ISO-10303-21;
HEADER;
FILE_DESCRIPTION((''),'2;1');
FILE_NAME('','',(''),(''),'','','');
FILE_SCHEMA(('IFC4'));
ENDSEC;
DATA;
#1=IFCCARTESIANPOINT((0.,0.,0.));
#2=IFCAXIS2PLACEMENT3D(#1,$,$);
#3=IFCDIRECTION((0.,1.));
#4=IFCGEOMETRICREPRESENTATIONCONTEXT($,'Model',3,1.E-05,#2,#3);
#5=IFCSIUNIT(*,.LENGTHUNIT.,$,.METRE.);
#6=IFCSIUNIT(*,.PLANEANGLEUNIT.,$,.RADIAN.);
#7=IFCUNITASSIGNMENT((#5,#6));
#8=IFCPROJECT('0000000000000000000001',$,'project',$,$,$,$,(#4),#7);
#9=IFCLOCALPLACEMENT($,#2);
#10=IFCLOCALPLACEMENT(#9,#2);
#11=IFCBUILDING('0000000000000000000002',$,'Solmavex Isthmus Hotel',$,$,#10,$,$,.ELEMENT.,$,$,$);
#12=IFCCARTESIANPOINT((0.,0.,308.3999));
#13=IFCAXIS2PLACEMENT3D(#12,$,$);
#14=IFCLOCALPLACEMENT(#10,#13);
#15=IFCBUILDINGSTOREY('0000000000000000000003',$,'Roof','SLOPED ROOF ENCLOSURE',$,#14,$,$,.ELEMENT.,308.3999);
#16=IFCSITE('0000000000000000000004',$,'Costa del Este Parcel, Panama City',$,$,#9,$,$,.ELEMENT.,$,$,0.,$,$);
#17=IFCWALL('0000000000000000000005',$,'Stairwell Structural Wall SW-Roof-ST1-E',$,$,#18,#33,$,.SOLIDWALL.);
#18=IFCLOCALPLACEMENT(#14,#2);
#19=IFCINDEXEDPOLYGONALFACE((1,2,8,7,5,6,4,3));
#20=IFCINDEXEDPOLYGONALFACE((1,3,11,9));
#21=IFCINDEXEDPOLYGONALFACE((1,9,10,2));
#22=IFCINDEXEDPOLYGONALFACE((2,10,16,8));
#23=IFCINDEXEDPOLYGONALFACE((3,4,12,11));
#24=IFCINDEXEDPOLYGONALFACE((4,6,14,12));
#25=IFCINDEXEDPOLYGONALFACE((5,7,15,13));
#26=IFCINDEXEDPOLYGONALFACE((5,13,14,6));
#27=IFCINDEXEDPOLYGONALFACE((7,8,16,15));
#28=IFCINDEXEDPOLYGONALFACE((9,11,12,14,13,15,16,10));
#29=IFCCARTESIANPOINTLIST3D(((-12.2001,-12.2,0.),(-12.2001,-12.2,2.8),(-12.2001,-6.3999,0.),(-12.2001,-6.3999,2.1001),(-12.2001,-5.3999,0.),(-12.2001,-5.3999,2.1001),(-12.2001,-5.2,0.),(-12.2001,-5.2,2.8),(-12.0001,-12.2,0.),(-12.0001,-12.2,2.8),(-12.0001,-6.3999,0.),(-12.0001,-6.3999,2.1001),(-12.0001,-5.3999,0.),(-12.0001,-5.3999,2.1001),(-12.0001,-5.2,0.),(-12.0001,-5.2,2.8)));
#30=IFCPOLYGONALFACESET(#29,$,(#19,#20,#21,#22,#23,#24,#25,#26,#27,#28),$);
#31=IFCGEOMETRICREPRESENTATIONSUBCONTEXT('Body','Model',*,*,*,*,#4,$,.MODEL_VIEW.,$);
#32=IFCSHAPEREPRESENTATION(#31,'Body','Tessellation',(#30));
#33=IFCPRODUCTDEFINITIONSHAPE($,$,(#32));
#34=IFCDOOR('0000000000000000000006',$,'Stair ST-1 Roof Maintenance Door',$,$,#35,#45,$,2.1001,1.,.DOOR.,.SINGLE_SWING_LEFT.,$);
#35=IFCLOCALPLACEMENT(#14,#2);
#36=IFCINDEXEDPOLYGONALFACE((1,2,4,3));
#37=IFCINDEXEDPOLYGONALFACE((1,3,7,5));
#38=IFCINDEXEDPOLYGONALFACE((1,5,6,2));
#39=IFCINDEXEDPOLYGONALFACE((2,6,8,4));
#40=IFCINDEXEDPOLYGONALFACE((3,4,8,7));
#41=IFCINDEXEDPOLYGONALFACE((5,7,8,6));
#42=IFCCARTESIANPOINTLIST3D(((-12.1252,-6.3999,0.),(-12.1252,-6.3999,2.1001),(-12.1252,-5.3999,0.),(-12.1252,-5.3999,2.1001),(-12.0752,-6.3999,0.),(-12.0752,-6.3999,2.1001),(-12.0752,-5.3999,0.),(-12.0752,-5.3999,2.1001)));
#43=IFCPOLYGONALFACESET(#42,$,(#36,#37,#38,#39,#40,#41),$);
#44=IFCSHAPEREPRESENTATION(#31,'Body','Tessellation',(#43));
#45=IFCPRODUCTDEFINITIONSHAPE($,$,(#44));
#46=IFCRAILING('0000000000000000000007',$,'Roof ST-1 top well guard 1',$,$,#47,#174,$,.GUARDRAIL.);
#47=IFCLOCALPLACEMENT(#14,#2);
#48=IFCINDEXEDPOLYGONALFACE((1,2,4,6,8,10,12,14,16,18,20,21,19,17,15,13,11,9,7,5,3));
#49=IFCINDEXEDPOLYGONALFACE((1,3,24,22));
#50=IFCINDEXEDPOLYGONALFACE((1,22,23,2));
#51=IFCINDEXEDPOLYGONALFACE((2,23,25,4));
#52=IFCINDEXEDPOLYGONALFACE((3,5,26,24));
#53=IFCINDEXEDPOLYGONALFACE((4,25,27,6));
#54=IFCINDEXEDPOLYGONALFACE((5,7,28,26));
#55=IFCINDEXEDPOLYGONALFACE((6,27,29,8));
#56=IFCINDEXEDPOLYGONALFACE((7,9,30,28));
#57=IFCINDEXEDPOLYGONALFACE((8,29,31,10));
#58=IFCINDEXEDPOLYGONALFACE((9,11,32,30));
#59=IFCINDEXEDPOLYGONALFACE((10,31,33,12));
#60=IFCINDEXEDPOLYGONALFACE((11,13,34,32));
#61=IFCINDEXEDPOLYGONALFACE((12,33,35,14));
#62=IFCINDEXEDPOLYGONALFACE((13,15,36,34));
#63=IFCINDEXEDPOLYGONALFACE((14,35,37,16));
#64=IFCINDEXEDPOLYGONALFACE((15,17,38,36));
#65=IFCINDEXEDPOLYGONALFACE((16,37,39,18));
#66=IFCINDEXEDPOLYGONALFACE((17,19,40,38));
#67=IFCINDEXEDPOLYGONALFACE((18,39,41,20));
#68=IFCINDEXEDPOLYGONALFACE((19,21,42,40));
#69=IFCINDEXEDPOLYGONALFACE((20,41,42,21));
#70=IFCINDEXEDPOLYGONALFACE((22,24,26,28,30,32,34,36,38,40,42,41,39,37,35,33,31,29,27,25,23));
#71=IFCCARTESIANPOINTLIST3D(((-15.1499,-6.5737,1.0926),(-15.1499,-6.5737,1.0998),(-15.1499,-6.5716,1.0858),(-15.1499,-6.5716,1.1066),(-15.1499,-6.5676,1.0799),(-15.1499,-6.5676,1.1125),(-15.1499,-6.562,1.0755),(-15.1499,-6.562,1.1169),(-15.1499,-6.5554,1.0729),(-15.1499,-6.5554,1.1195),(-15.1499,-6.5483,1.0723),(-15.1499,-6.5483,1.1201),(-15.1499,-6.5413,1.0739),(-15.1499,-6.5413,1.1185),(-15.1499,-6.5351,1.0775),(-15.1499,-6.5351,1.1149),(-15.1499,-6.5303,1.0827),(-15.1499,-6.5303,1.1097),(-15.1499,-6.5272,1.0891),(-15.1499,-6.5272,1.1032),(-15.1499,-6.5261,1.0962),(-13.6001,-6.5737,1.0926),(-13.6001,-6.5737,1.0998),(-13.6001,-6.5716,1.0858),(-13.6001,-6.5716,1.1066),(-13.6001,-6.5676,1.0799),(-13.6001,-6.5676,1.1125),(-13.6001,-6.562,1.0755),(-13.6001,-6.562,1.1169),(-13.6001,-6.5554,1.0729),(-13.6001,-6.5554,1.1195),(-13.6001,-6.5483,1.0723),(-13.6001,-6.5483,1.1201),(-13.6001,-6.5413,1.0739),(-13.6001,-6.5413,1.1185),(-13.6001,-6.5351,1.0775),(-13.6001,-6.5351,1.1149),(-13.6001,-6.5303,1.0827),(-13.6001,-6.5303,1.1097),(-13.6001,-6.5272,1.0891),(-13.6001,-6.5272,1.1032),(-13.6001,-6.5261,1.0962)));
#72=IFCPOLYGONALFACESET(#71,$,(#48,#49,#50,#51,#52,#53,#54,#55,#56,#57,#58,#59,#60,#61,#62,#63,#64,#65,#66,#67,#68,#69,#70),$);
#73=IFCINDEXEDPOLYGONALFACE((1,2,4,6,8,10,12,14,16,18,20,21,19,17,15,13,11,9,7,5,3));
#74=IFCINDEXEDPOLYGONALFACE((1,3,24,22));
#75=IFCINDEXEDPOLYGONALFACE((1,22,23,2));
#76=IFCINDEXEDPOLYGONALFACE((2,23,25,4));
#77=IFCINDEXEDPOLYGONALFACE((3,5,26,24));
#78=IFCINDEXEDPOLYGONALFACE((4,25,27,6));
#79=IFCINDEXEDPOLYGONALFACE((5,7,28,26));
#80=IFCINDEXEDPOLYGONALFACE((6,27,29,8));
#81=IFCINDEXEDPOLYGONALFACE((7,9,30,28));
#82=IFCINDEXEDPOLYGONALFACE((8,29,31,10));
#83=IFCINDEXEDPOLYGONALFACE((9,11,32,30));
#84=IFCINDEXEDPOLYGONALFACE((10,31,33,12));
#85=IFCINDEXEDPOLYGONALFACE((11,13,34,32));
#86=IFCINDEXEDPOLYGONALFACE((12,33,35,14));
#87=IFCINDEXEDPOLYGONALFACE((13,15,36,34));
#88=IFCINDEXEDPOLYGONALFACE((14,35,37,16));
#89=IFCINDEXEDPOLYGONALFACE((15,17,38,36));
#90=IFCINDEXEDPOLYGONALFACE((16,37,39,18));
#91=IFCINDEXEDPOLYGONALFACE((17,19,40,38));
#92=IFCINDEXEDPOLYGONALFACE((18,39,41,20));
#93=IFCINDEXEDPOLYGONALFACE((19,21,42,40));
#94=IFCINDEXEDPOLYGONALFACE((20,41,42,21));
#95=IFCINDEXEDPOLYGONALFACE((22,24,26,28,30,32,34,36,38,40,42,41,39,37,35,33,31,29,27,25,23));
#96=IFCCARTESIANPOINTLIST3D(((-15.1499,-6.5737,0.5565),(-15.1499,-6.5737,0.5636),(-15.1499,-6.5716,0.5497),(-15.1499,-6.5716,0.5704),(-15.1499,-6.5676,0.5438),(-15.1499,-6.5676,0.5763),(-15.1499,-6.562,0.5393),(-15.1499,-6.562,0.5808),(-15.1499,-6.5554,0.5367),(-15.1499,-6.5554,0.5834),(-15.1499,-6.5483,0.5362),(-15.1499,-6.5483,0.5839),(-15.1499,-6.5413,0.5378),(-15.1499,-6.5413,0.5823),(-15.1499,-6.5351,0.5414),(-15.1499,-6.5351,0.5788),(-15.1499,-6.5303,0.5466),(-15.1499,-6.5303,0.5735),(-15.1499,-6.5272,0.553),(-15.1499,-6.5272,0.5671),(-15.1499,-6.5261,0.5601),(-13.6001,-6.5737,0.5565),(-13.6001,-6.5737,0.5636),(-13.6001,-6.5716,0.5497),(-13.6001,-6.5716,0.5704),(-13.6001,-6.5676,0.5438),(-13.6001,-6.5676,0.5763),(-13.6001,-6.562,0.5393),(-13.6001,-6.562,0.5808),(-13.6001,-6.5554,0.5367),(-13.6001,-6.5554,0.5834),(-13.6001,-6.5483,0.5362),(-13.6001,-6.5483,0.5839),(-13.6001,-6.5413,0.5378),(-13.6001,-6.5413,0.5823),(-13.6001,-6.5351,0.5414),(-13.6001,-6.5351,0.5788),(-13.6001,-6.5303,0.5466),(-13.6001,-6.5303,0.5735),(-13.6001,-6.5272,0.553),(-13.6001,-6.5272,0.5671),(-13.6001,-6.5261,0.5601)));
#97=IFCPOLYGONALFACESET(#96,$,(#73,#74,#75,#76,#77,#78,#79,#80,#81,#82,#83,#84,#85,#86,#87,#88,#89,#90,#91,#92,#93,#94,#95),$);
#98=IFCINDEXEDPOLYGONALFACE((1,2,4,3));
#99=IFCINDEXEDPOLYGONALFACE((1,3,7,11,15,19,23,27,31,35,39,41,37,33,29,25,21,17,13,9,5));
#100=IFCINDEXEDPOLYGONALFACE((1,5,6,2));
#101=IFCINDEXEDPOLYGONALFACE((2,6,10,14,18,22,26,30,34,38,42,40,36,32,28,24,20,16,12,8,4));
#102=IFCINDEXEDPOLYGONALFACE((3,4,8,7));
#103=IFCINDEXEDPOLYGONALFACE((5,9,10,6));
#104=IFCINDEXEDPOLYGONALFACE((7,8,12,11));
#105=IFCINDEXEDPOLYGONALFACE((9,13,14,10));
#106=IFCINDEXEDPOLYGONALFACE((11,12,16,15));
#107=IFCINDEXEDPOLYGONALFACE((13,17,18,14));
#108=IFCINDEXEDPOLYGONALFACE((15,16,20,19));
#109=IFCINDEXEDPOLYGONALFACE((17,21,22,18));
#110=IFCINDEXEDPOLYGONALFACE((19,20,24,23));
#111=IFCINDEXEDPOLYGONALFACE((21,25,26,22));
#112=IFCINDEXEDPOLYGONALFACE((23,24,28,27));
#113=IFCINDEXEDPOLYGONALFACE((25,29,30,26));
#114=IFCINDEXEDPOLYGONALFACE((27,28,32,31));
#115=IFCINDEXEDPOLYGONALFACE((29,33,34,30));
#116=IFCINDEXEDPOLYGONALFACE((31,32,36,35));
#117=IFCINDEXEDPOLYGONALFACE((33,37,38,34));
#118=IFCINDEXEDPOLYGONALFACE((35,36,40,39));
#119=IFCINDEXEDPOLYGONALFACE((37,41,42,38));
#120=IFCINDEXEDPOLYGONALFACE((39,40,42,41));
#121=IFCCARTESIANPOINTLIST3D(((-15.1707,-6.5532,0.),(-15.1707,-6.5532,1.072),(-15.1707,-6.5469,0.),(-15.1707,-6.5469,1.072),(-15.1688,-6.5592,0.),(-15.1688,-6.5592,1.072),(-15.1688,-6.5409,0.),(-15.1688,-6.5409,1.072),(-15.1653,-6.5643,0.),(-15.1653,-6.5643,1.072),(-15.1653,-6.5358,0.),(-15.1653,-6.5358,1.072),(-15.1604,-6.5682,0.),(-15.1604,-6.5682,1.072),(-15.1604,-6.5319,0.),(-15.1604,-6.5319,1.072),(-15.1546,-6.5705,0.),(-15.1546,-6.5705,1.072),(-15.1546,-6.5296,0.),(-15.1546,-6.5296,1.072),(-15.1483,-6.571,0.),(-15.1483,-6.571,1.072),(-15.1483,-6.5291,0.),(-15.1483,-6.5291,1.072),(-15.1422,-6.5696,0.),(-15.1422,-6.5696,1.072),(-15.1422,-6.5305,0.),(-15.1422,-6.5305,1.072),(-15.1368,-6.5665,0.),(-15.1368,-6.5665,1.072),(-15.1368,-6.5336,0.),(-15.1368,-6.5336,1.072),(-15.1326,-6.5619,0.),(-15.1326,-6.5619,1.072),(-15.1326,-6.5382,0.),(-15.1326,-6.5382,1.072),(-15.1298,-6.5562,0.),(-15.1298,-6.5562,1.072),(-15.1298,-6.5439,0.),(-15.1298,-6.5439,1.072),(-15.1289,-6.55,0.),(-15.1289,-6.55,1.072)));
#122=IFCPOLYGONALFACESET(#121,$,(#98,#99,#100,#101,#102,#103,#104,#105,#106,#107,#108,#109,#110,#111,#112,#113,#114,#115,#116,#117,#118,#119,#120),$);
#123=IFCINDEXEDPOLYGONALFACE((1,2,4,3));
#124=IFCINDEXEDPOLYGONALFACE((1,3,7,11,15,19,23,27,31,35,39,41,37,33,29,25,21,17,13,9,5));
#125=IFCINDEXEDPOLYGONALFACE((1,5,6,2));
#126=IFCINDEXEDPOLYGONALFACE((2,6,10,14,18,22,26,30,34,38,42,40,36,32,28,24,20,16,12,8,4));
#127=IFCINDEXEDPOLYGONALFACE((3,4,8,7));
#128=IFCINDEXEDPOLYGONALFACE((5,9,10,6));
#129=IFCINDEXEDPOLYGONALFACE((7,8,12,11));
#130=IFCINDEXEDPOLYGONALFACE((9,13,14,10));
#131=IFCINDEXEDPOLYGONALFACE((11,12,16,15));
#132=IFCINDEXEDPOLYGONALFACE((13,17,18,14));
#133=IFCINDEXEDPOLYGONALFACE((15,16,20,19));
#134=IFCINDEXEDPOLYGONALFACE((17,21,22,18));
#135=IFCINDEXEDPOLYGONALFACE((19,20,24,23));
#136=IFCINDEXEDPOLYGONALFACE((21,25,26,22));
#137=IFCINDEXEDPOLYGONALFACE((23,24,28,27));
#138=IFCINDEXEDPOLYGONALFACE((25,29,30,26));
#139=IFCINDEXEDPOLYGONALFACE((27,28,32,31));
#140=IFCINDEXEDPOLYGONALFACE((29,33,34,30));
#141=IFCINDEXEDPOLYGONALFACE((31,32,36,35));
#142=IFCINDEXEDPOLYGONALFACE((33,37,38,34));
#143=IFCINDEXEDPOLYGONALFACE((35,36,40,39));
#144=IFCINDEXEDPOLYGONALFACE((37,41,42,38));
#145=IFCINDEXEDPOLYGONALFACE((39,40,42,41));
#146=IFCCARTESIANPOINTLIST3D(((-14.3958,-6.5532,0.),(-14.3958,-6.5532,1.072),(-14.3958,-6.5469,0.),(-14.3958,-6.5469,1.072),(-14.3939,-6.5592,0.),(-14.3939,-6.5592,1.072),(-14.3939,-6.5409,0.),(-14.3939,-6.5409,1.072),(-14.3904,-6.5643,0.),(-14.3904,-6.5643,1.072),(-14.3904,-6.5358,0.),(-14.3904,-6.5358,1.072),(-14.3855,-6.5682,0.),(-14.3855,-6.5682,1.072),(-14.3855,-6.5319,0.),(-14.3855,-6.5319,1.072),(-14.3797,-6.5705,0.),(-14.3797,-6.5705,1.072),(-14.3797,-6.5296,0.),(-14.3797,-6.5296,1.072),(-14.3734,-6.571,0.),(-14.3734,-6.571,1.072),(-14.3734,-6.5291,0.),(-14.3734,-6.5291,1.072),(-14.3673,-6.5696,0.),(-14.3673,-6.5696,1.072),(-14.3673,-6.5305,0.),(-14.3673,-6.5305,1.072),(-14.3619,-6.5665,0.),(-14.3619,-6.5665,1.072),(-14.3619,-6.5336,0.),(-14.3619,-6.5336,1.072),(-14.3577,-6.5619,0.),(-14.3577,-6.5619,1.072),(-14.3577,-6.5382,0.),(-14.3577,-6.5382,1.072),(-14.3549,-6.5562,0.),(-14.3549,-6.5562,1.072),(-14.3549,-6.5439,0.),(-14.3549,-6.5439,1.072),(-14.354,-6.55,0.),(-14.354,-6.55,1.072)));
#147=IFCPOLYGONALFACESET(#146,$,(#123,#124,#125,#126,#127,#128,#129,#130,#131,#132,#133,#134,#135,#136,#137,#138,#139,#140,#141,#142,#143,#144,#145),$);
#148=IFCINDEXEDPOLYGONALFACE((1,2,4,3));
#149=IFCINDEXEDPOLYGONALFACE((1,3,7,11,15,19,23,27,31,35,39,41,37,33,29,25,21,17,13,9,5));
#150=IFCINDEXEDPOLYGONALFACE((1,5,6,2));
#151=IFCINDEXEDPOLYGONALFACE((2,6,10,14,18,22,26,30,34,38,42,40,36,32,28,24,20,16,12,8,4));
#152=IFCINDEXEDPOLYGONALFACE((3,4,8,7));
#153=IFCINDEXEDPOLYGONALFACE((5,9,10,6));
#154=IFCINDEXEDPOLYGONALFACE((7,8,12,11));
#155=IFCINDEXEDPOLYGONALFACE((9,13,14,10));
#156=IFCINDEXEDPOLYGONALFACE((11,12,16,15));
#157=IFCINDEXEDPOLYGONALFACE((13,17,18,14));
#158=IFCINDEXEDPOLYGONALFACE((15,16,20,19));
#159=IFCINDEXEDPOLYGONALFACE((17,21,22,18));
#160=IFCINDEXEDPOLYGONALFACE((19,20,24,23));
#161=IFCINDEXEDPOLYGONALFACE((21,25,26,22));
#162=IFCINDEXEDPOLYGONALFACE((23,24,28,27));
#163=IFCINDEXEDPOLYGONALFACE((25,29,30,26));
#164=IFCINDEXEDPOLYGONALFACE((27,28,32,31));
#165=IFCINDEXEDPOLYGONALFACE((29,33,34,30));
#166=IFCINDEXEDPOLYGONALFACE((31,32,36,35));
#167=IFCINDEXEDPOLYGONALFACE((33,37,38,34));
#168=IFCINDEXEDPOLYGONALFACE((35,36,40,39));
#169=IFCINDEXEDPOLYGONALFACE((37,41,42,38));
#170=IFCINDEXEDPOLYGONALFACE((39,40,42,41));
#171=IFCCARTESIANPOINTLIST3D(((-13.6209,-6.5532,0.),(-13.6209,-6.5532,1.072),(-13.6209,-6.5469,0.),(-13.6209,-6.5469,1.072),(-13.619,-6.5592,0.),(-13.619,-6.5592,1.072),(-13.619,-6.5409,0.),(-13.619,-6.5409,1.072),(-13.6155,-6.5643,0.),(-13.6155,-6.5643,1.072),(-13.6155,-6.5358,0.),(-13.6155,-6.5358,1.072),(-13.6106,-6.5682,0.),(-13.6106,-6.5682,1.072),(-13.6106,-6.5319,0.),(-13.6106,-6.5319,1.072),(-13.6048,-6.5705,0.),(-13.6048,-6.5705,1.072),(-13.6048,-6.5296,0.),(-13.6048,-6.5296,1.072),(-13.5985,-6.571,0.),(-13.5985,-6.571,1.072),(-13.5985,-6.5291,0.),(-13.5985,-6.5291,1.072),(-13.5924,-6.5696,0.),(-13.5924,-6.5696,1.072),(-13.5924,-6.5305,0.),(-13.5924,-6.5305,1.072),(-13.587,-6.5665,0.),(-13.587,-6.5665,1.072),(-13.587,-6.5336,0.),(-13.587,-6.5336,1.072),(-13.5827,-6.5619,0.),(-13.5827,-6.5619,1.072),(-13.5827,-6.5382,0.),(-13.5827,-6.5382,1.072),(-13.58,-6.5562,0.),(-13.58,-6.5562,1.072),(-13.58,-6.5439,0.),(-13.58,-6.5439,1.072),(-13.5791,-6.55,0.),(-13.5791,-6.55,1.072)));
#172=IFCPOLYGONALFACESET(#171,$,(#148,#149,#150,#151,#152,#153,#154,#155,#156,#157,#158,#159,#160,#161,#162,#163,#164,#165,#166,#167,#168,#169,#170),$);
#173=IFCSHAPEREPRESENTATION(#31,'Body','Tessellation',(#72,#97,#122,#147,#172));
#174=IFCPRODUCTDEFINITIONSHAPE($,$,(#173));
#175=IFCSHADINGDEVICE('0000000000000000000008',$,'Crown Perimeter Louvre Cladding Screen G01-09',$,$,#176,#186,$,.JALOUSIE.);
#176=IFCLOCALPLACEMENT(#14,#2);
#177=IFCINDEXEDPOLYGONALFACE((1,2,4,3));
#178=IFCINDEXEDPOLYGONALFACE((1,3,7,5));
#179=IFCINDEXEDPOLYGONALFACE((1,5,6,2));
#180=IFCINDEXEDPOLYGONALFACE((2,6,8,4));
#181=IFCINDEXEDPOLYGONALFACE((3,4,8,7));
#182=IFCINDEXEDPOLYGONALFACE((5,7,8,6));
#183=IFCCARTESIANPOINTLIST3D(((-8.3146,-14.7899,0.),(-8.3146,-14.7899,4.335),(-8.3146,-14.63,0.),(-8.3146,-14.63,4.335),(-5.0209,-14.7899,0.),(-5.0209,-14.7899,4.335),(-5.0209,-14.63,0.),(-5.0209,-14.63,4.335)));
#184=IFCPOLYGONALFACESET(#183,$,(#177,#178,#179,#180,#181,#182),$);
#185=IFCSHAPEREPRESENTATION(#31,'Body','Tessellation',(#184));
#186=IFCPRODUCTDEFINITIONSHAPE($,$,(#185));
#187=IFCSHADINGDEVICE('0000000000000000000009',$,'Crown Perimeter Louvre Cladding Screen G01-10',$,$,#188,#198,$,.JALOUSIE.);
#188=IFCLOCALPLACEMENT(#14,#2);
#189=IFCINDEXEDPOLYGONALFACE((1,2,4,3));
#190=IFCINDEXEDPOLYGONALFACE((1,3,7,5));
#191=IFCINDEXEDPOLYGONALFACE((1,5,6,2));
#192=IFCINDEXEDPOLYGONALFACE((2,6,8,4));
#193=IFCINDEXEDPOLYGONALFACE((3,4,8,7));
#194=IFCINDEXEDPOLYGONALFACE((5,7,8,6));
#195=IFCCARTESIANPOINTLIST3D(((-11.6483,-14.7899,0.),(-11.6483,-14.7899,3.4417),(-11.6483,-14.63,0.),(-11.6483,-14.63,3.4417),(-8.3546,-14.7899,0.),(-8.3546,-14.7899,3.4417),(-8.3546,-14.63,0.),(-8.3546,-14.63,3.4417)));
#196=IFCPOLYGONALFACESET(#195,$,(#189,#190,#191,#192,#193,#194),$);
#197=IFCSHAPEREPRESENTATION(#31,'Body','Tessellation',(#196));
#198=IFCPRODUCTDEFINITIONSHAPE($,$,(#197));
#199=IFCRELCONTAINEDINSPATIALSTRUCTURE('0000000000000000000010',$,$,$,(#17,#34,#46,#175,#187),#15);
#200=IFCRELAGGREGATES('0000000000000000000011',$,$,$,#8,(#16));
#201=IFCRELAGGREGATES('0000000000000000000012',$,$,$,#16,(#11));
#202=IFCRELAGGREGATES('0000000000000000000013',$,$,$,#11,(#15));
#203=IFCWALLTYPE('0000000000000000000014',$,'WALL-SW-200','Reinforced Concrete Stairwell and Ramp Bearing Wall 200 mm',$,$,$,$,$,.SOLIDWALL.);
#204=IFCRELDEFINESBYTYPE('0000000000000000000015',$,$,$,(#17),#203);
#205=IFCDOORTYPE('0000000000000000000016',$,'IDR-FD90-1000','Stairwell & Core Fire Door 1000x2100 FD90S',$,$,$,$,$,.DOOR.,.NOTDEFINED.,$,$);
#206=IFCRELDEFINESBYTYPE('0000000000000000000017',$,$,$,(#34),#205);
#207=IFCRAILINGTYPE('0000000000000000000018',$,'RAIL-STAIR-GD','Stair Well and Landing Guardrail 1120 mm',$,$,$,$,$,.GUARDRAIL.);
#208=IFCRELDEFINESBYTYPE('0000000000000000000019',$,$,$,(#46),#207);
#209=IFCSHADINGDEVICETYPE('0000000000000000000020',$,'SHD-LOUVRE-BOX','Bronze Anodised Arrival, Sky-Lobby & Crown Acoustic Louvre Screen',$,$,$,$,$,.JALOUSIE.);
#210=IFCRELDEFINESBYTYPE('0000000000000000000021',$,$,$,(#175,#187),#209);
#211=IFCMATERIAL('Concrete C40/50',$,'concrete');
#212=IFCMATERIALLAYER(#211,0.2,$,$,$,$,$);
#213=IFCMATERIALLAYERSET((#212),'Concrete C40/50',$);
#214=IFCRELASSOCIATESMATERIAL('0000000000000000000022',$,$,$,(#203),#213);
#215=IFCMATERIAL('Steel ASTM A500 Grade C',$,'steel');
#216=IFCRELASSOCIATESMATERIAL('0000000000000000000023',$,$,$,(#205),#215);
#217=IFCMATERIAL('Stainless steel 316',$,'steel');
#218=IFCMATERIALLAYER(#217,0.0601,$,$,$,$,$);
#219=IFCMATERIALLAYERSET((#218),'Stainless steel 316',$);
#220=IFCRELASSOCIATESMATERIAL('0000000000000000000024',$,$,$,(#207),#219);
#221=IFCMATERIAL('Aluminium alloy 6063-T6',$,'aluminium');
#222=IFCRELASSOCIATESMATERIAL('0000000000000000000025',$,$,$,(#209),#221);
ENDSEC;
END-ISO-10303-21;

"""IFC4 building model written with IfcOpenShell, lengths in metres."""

from ifc_helpers import new_model, si_unit, direction, frame, frame_2d, origin, origin_2d, place, context, subcontext, project, spatial, rectangle, circle, extrude, material, layer, layer_set, type_object, element, fill, save


model = new_model("IFC4")

# Units and contexts
model_context = context("Model", 3, precision=1e-05, world=origin(), true_north=direction((0.0, 1.0)))
body_context = subcontext(model_context, "Body", "Model", "MODEL_VIEW")
ifc_project = project(units=[si_unit("LENGTHUNIT", "METRE"), si_unit("PLANEANGLEUNIT", "RADIAN")], contexts=[model_context])

# Site, building, storey
site_placement = place(None, origin())
site = spatial("IfcSite", under=ifc_project, at=site_placement, Name="Costa del Este Parcel, Panama City", CompositionType="ELEMENT", RefElevation=0.0)
building_placement = place(site_placement, origin())
building = spatial("IfcBuilding", under=site, at=building_placement, Name="Solmavex Isthmus Hotel", CompositionType="ELEMENT")
storey_placement = place(building_placement, frame((0.0, 0.0, 308.3999)))
storey = spatial("IfcBuildingStorey", under=building, at=storey_placement, Name="Roof", Description="SLOPED ROOF ENCLOSURE", CompositionType="ELEMENT", Elevation=308.3999)

# Shared definitions
ifc_material_1 = material(Name="Concrete C40/50", Category="concrete")

# Shared definitions
ifc_material_2 = material(Name="Stainless steel 316", Category="steel")

# Shared definitions
ifc_material_3 = material(Name="Steel ASTM A500 Grade C", Category="steel")

# Shared definitions
ifc_layer_1 = layer(ifc_material_1, 0.2)
ifc_layer_set_1 = layer_set([ifc_layer_1], Name="Concrete C40/50")
wall_type_1 = type_object("IfcWallType", Name="WALL-SW-200", Description="Reinforced Concrete Stairwell and Ramp Bearing Wall 200 mm", PredefinedType="SOLIDWALL", material=ifc_layer_set_1)

# Wall, opening, door
wall_1_placement = place(storey_placement, frame((-12.1001, -12.2, 0.0), z_axis=(0.0, 0.0, 1.0), x_axis=(0.0, 1.0, 0.0)))
wall_1 = element("IfcWall", 1, at=wall_1_placement, inside=storey, type_object=wall_type_1, Name="Stairwell Structural Wall SW-Roof-ST1-E", PredefinedType="SOLIDWALL", context=body_context, shape_type="SweptSolid", body=[
    extrude(rectangle(XDim=7.0, YDim=0.2, at=frame_2d((3.5, 0.0))), origin(), (0.0, 0.0, 1.0), 2.8),
])
opening_1_placement = place(wall_1_placement, frame((5.8, 0.0, 0.0)))
opening_1 = element("IfcOpeningElement", 2, at=opening_1_placement, cuts=wall_1, PredefinedType="OPENING", context=body_context, shape_type="SweptSolid", body=[
    extrude(rectangle(XDim=1.0, YDim=2.1001, at=frame_2d((0.5, 1.05))), frame((0.0, 0.1099, 0.0), z_axis=(0.0, -1.0, 0.0), x_axis=(1.0, 0.0, 0.0)), (0.0, 0.0, 1.0), 0.22),
])
door_type_1 = type_object("IfcDoorType", Name="IDR-FD90-1000", Description="Stairwell & Core Fire Door 1000x2100 FD90S", OperationType="NOTDEFINED", PredefinedType="DOOR", material=ifc_material_3)
door_1_placement = place(opening_1_placement, frame((1.0, 0.0, 0.0), z_axis=(0.0, 0.0, 1.0), x_axis=(-1.0, 0.0, 0.0)))
door_1 = element("IfcDoor", 3, at=door_1_placement, inside=storey, type_object=door_type_1, Name="Stair ST-1 Roof Maintenance Door", OperationType="SINGLE_SWING_LEFT", OverallHeight=2.1001, OverallWidth=1.0, PredefinedType="DOOR", context=body_context, shape_type="SweptSolid", body=[
    extrude(rectangle(XDim=1.0, YDim=2.1001, at=frame_2d((0.5, 1.05))), frame((0.0, 0.0249, 0.0), z_axis=(0.0, -1.0, 0.0), x_axis=(1.0, 0.0, 0.0)), (0.0, 0.0, 1.0), 0.05),
])
fill(opening_1, door_1)

# Railing
ifc_layer_2 = layer(ifc_material_2, 0.0601)
ifc_layer_set_2 = layer_set([ifc_layer_2], Name="Stainless steel 316")
railing_type = type_object("IfcRailingType", Name="RAIL-STAIR-GD", Description="Stair Well and Landing Guardrail 1120 mm", PredefinedType="GUARDRAIL", material=ifc_layer_set_2)
railing_placement = place(storey_placement, frame((-15.1499, -6.55, 0.0)))
element("IfcRailing", 4, at=railing_placement, inside=storey, type_object=railing_type, Name="Roof ST-1 top well guard 1", PredefinedType="GUARDRAIL", context=body_context, shape_type="SweptSolid", body=[
    extrude(circle(Radius=0.0239, at=origin_2d()), frame((0.0, 0.0, 1.0962), z_axis=(1.0, 0.0, 0.0), x_axis=(0.0, 1.0, 0.0)), (0.0, 0.0, 1.0), 1.5498),
    extrude(circle(Radius=0.0239, at=origin_2d()), frame((0.0, 0.0, 0.5601), z_axis=(1.0, 0.0, 0.0), x_axis=(0.0, 1.0, 0.0)), (0.0, 0.0, 1.0), 1.5498),
    extrude(circle(Radius=0.021, at=origin_2d()), origin(), (0.0, 0.0, 1.0), 1.072),
    extrude(circle(Radius=0.021, at=origin_2d()), frame((0.7749, 0.0, 0.0)), (0.0, 0.0, 1.0), 1.072),
    extrude(circle(Radius=0.021, at=origin_2d()), frame((1.5498, 0.0, 0.0)), (0.0, 0.0, 1.0), 1.072),
])

# Shading devices
ifc_material_4 = material(Name="Aluminium alloy 6063-T6", Category="aluminium")
shading_device_type = type_object("IfcShadingDeviceType", Name="SHD-LOUVRE-BOX", Description="Bronze Anodised Arrival, Sky-Lobby & Crown Acoustic Louvre Screen", PredefinedType="JALOUSIE", material=ifc_material_4)
shading_device_1_placement = place(storey_placement, frame((-6.6677, -14.71, 0.0), z_axis=(0.0, 0.0, 1.0), x_axis=(-1.0, 0.0, 0.0)))
element("IfcShadingDevice", 5, at=shading_device_1_placement, inside=storey, type_object=shading_device_type, Name="Crown Perimeter Louvre Cladding Screen G01-09", PredefinedType="JALOUSIE", context=body_context, shape_type="SweptSolid", body=[
    extrude(rectangle(XDim=3.2937, YDim=0.1599, at=origin_2d()), origin(), (0.0, 0.0, 1.0), 4.335),
])
shading_device_2_placement = place(storey_placement, frame((-10.0015, -14.71, 0.0), z_axis=(0.0, 0.0, 1.0), x_axis=(-1.0, 0.0, 0.0)))
element("IfcShadingDevice", 6, at=shading_device_2_placement, inside=storey, type_object=shading_device_type, Name="Crown Perimeter Louvre Cladding Screen G01-10", PredefinedType="JALOUSIE", context=body_context, shape_type="SweptSolid", body=[
    extrude(rectangle(XDim=3.2937, YDim=0.1599, at=origin_2d()), origin(), (0.0, 0.0, 1.0), 3.4417),
])

save(model, "model.ifc")
